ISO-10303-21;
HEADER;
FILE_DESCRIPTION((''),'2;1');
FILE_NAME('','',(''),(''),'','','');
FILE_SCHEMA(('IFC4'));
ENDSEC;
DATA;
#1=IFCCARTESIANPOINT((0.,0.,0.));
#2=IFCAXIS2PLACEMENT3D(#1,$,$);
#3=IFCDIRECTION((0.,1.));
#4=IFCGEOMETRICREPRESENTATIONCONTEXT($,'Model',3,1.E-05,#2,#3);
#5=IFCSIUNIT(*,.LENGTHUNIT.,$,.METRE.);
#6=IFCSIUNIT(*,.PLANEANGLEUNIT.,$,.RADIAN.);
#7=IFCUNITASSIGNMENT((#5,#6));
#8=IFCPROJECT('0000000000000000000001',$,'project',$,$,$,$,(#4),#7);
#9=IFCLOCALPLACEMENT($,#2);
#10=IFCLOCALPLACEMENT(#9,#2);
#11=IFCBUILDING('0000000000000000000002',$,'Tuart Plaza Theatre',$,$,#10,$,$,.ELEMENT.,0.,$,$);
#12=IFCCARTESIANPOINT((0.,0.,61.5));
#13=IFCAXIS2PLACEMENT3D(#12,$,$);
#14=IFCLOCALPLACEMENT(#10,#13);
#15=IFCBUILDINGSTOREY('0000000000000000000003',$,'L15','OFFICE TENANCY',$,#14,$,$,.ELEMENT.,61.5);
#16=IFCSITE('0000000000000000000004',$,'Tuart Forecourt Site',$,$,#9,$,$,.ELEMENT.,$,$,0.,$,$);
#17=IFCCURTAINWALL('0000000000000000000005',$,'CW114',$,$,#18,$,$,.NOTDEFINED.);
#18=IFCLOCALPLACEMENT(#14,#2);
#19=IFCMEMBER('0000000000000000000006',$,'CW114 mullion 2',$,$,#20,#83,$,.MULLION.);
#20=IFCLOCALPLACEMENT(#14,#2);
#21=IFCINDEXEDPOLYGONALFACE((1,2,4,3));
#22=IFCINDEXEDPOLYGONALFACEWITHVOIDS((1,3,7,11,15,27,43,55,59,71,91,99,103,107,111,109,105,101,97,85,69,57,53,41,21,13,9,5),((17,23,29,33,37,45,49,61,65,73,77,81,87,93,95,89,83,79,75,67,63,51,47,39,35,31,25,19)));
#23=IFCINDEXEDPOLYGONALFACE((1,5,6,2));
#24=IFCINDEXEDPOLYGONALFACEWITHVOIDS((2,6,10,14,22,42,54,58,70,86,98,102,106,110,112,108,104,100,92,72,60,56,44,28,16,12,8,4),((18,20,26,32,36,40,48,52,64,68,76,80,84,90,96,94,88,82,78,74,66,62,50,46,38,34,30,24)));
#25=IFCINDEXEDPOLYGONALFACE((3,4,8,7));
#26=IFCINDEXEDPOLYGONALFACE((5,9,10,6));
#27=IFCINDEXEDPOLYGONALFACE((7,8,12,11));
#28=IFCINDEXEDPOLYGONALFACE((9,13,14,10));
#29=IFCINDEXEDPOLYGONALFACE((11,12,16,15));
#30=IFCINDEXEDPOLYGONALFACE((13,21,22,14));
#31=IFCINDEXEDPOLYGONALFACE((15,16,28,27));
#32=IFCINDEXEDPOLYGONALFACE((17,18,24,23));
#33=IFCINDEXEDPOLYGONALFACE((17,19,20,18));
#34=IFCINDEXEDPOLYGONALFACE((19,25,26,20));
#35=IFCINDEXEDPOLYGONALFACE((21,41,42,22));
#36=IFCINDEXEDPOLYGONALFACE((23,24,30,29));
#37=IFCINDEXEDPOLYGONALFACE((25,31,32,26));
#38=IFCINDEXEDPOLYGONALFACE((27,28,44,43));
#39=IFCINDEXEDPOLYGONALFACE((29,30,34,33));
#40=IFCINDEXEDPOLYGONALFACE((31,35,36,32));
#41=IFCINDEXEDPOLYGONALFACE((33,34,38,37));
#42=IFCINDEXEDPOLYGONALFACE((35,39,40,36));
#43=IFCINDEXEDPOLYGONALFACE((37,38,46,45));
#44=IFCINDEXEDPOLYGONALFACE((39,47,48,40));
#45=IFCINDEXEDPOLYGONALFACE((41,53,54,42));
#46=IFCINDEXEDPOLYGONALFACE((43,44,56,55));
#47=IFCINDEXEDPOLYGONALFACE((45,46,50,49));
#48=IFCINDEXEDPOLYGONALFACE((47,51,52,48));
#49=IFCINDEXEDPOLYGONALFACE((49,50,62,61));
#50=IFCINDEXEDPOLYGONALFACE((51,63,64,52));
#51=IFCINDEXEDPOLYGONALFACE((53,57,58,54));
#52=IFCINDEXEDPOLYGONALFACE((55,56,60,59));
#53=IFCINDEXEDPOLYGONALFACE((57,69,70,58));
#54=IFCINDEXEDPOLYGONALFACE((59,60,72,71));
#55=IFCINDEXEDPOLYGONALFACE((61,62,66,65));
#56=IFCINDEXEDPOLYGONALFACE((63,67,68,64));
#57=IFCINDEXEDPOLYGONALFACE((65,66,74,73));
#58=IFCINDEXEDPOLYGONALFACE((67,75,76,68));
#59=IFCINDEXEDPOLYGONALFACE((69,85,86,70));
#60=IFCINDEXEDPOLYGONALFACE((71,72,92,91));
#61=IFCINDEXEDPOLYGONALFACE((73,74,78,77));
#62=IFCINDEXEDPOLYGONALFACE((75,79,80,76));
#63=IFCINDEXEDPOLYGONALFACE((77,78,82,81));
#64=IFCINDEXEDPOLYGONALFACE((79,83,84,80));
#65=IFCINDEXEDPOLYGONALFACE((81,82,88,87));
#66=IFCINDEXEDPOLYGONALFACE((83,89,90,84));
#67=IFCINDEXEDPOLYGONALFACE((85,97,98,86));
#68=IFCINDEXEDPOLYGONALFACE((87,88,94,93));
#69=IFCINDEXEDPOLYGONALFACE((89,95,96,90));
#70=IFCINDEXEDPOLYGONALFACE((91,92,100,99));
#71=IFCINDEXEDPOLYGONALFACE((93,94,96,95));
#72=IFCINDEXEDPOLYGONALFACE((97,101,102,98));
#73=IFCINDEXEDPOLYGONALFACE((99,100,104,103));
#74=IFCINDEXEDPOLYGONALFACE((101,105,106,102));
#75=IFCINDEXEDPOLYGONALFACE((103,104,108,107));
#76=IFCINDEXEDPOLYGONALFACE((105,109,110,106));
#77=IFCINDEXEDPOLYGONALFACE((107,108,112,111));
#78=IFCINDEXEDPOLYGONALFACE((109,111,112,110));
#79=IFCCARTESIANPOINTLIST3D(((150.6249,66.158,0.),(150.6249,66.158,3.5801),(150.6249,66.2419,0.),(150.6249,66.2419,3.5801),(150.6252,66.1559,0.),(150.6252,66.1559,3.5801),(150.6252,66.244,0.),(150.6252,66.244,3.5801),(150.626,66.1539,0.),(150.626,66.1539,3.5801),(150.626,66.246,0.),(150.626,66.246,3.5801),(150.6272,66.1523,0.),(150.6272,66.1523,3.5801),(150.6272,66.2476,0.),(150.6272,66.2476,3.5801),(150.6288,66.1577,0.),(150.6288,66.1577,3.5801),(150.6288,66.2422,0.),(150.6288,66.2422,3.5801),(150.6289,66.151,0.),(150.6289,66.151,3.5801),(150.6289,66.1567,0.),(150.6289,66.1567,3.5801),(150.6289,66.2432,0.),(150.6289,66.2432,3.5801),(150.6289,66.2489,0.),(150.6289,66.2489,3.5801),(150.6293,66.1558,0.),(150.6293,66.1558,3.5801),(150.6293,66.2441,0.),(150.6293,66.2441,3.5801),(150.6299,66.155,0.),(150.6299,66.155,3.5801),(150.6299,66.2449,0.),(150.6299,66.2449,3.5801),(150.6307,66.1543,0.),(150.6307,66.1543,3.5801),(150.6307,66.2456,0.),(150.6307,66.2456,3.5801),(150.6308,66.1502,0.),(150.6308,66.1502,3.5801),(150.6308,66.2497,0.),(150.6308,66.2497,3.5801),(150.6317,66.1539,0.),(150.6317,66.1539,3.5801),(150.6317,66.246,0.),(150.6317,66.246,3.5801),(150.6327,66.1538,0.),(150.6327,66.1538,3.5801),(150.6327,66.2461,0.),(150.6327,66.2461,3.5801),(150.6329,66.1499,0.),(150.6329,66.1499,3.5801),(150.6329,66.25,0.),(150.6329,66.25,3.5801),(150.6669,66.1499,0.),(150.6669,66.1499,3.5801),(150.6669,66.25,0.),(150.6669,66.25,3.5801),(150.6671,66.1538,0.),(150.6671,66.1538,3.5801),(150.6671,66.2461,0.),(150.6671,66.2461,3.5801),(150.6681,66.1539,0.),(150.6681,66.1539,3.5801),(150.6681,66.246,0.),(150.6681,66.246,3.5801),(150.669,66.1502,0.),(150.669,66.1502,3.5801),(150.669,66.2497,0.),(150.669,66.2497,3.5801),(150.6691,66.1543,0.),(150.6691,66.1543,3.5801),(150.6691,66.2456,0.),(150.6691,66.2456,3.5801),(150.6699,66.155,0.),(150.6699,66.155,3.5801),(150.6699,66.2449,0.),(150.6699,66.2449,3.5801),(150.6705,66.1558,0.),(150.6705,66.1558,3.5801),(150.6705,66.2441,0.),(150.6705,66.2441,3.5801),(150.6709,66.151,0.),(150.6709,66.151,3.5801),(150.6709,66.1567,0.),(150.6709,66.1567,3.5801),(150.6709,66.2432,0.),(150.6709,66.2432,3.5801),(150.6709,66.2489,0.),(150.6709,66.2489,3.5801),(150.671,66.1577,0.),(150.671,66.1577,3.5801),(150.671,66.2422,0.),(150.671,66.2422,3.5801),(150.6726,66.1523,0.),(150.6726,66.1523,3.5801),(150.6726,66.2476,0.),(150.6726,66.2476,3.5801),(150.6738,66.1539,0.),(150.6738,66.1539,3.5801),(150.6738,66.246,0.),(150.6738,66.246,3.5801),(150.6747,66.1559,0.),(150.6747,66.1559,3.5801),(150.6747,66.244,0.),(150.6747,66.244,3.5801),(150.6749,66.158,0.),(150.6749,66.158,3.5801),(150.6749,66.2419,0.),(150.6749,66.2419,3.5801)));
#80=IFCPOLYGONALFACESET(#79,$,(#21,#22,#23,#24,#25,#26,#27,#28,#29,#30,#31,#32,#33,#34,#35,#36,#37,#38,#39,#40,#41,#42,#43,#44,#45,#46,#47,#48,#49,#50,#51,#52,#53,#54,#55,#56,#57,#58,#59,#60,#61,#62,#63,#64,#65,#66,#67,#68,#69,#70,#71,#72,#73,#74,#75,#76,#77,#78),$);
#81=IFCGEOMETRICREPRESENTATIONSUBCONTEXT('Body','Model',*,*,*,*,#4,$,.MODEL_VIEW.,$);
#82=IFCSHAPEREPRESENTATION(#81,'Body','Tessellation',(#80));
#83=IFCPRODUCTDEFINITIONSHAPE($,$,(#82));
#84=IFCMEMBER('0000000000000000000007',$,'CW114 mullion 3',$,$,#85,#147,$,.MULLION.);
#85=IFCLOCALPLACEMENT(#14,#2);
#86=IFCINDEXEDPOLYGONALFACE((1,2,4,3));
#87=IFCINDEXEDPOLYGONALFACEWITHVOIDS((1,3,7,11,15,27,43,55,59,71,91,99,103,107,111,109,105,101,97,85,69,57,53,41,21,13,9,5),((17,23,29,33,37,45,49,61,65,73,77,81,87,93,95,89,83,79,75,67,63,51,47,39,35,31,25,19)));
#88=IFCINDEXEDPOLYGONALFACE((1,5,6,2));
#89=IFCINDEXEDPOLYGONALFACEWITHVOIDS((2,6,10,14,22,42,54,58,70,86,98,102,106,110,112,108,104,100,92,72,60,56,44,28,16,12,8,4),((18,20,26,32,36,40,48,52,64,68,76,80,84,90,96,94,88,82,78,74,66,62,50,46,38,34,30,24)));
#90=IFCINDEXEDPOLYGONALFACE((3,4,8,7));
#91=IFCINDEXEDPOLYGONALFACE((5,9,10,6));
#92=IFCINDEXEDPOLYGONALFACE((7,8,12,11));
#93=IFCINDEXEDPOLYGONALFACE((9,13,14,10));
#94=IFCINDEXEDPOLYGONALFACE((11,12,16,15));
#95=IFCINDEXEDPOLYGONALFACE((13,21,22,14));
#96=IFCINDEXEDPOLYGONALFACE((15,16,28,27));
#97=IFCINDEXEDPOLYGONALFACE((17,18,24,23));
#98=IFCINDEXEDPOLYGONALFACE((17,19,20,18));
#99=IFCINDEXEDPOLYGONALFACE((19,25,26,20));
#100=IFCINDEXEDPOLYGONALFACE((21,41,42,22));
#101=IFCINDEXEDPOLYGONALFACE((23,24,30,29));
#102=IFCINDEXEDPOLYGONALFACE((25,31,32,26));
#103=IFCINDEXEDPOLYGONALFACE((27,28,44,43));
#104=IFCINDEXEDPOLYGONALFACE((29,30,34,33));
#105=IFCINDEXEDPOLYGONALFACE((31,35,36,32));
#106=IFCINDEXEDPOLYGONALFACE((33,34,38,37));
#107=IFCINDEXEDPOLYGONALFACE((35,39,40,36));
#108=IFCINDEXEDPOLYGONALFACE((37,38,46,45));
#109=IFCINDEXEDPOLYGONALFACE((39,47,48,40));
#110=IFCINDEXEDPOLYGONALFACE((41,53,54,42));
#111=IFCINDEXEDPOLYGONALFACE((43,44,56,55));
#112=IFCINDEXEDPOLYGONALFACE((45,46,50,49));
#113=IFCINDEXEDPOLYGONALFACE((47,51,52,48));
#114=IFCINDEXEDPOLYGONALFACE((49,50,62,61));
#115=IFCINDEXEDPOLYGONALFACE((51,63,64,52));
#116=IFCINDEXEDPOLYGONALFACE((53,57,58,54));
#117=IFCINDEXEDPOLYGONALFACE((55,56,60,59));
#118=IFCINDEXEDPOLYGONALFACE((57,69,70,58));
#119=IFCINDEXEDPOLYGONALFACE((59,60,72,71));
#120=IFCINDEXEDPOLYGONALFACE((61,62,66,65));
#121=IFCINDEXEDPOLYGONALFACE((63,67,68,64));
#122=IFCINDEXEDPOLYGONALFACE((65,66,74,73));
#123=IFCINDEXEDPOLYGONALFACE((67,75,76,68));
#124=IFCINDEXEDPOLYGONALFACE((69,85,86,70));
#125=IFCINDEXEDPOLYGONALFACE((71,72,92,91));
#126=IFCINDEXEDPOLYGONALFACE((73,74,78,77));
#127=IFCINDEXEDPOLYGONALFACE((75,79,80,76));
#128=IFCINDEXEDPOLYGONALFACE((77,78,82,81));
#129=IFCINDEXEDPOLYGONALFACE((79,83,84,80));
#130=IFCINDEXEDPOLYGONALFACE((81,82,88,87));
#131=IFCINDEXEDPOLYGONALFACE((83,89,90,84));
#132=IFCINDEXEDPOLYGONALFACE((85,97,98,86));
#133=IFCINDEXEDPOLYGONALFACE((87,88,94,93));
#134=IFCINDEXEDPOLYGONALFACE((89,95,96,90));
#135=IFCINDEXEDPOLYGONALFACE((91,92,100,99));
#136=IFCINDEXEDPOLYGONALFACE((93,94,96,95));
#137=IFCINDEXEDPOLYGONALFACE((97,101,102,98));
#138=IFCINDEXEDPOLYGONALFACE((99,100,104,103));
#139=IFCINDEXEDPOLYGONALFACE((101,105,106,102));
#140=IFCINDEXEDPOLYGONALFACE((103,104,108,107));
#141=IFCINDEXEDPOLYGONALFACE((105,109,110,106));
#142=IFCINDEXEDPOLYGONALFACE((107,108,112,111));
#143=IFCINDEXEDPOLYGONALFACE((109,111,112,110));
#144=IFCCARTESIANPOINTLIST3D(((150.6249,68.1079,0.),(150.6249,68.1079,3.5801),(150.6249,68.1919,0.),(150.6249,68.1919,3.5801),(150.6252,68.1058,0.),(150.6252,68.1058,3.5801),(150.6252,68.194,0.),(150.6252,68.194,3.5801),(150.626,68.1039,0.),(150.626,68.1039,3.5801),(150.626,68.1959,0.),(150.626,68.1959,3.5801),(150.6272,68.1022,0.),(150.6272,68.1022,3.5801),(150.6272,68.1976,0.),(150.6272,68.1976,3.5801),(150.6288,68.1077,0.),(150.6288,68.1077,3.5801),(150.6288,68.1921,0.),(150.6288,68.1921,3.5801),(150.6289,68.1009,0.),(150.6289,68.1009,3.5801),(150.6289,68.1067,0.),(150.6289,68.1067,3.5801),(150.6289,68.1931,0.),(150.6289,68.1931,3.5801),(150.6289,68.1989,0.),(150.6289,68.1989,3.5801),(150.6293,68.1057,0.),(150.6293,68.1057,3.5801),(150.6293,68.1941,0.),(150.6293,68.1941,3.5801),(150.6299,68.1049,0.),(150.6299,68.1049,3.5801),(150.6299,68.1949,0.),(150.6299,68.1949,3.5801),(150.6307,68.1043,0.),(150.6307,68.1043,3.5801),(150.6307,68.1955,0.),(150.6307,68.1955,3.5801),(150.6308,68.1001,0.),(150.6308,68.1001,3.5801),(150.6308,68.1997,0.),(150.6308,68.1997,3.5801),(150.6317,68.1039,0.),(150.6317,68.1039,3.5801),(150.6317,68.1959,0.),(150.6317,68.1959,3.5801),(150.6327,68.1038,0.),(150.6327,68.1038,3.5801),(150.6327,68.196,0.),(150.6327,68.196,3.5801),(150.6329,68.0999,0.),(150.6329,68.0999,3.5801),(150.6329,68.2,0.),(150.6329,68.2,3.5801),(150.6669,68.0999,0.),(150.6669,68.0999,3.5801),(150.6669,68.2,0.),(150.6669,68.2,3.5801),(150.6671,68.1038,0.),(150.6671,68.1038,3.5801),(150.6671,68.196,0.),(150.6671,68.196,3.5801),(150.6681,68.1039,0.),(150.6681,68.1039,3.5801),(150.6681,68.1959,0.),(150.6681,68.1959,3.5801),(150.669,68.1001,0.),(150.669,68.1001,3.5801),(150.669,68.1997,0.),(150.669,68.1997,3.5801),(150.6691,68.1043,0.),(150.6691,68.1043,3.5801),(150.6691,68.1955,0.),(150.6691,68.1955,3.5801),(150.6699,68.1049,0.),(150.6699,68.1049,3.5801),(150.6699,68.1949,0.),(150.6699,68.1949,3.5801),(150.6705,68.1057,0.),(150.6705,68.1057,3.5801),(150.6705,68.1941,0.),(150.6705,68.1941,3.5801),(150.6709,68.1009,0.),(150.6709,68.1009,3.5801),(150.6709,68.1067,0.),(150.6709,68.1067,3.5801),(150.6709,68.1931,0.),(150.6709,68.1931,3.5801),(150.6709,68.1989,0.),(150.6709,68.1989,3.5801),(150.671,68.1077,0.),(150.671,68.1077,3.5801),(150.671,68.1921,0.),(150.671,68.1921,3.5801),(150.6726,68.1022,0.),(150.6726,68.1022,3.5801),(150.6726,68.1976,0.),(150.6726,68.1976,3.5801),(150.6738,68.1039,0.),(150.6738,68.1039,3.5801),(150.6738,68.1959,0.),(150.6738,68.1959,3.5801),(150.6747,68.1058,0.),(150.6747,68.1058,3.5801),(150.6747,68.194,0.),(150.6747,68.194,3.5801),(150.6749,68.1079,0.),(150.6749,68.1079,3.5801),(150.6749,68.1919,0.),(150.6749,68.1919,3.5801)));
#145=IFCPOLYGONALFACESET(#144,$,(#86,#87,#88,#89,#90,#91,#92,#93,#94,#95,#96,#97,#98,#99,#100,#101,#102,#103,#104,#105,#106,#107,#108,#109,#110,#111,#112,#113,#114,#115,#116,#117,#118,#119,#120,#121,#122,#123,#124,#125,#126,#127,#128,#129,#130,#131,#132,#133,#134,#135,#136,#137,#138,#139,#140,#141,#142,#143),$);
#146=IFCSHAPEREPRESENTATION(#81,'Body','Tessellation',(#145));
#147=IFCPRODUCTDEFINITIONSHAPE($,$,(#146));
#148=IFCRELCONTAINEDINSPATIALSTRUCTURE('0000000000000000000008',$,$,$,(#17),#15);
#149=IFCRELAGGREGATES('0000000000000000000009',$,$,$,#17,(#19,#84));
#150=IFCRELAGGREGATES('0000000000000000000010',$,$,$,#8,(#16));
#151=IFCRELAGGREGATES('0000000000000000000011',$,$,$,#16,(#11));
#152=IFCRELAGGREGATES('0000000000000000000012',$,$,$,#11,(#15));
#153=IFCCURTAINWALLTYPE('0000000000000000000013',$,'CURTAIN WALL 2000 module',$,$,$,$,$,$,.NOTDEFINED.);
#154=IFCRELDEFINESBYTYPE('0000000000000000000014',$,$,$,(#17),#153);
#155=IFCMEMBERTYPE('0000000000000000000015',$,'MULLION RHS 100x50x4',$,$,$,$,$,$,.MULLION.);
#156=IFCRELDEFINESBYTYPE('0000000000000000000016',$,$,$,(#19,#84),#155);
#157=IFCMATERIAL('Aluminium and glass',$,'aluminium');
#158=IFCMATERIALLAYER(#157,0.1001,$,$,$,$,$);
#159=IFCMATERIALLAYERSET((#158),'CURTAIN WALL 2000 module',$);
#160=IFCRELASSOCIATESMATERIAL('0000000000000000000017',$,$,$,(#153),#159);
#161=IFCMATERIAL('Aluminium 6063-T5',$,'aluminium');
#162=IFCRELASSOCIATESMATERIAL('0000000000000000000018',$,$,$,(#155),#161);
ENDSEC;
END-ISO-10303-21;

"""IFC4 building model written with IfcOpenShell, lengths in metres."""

from ifc_helpers import new_model, si_unit, direction, frame, origin, origin_2d, place, context, subcontext, project, spatial, hollow_rectangle, extrude, material, layer, layer_set, material_profile, profile_set, type_object, element, aggregate, save


model = new_model("IFC4")

# Units and contexts
model_context = context("Model", 3, precision=1e-05, world=origin(), true_north=direction((0.0, 1.0)))
body_context = subcontext(model_context, "Body", "Model", "MODEL_VIEW")
ifc_project = project(units=[si_unit("LENGTHUNIT", "METRE"), si_unit("PLANEANGLEUNIT", "RADIAN")], contexts=[model_context])

# Site, building, storey
site_placement = place(None, origin())
site = spatial("IfcSite", under=ifc_project, at=site_placement, Name="Tuart Forecourt Site", CompositionType="ELEMENT", RefElevation=0.0)
building_placement = place(site_placement, origin())
building = spatial("IfcBuilding", under=site, at=building_placement, Name="Tuart Plaza Theatre", CompositionType="ELEMENT", ElevationOfRefHeight=0.0)
storey_placement = place(building_placement, frame((0.0, 0.0, 61.5)))
storey = spatial("IfcBuildingStorey", under=building, at=storey_placement, Name="L15", Description="OFFICE TENANCY", CompositionType="ELEMENT", Elevation=61.5)

# Shared definitions
ifc_material_1 = material(Name="Aluminium and glass", Category="aluminium")
ifc_layer_1 = layer(ifc_material_1, 0.1001)
ifc_layer_set_1 = layer_set([ifc_layer_1], Name="CURTAIN WALL 2000 module")
curtain_wall_type = type_object("IfcCurtainWallType", Name="CURTAIN WALL 2000 module", PredefinedType="NOTDEFINED", material=ifc_layer_set_1)
ifc_material_2 = material(Name="Aluminium 6063-T5", Category="aluminium")
ifc_material_profile_1 = material_profile(ifc_material_2, hollow_rectangle(XDim=0.05, YDim=0.1001, WallThickness=0.0039, InnerFilletRadius=0.0039, OuterFilletRadius=0.0081, at=origin_2d()), Name="RHS 100x50x4")
ifc_profile_set_1 = profile_set([ifc_material_profile_1], Name="Aluminium 6063-T5")
member_type_1 = type_object("IfcMemberType", Name="MULLION RHS 100x50x4", PredefinedType="MULLION", material=ifc_profile_set_1)

# Curtain wall, members
curtain_wall_1_placement = place(storey_placement, origin())
curtain_wall_1 = element("IfcCurtainWall", 1, at=curtain_wall_1_placement, inside=storey, type_object=curtain_wall_type, Name="CW114", PredefinedType="NOTDEFINED")
member_1_placement = place(storey_placement, frame((150.6499, 66.2, 0.0), z_axis=(0.0, 0.0, 1.0), x_axis=(-1.0, 0.0, 0.0)))
member_1 = element("IfcMember", 2, at=member_1_placement, type_object=member_type_1, Name="CW114 mullion 2", PredefinedType="MULLION", context=body_context, shape_type="SweptSolid", body=[
    extrude(hollow_rectangle(XDim=0.05, YDim=0.1001, WallThickness=0.0039, InnerFilletRadius=0.0039, OuterFilletRadius=0.0081, at=origin_2d()), origin(), (0.0, 0.0, 1.0), 3.5801),
])
member_2_placement = place(storey_placement, frame((150.6499, 68.1499, 0.0), z_axis=(0.0, 0.0, 1.0), x_axis=(-1.0, 0.0, 0.0)))
member_2 = element("IfcMember", 3, at=member_2_placement, type_object=member_type_1, Name="CW114 mullion 3", PredefinedType="MULLION", context=body_context, shape_type="SweptSolid", body=[
    extrude(hollow_rectangle(XDim=0.05, YDim=0.1001, WallThickness=0.0039, InnerFilletRadius=0.0039, OuterFilletRadius=0.0081, at=origin_2d()), origin(), (0.0, 0.0, 1.0), 3.5801),
])

aggregate(curtain_wall_1, [member_1, member_2])

save(model, "model.ifc")
